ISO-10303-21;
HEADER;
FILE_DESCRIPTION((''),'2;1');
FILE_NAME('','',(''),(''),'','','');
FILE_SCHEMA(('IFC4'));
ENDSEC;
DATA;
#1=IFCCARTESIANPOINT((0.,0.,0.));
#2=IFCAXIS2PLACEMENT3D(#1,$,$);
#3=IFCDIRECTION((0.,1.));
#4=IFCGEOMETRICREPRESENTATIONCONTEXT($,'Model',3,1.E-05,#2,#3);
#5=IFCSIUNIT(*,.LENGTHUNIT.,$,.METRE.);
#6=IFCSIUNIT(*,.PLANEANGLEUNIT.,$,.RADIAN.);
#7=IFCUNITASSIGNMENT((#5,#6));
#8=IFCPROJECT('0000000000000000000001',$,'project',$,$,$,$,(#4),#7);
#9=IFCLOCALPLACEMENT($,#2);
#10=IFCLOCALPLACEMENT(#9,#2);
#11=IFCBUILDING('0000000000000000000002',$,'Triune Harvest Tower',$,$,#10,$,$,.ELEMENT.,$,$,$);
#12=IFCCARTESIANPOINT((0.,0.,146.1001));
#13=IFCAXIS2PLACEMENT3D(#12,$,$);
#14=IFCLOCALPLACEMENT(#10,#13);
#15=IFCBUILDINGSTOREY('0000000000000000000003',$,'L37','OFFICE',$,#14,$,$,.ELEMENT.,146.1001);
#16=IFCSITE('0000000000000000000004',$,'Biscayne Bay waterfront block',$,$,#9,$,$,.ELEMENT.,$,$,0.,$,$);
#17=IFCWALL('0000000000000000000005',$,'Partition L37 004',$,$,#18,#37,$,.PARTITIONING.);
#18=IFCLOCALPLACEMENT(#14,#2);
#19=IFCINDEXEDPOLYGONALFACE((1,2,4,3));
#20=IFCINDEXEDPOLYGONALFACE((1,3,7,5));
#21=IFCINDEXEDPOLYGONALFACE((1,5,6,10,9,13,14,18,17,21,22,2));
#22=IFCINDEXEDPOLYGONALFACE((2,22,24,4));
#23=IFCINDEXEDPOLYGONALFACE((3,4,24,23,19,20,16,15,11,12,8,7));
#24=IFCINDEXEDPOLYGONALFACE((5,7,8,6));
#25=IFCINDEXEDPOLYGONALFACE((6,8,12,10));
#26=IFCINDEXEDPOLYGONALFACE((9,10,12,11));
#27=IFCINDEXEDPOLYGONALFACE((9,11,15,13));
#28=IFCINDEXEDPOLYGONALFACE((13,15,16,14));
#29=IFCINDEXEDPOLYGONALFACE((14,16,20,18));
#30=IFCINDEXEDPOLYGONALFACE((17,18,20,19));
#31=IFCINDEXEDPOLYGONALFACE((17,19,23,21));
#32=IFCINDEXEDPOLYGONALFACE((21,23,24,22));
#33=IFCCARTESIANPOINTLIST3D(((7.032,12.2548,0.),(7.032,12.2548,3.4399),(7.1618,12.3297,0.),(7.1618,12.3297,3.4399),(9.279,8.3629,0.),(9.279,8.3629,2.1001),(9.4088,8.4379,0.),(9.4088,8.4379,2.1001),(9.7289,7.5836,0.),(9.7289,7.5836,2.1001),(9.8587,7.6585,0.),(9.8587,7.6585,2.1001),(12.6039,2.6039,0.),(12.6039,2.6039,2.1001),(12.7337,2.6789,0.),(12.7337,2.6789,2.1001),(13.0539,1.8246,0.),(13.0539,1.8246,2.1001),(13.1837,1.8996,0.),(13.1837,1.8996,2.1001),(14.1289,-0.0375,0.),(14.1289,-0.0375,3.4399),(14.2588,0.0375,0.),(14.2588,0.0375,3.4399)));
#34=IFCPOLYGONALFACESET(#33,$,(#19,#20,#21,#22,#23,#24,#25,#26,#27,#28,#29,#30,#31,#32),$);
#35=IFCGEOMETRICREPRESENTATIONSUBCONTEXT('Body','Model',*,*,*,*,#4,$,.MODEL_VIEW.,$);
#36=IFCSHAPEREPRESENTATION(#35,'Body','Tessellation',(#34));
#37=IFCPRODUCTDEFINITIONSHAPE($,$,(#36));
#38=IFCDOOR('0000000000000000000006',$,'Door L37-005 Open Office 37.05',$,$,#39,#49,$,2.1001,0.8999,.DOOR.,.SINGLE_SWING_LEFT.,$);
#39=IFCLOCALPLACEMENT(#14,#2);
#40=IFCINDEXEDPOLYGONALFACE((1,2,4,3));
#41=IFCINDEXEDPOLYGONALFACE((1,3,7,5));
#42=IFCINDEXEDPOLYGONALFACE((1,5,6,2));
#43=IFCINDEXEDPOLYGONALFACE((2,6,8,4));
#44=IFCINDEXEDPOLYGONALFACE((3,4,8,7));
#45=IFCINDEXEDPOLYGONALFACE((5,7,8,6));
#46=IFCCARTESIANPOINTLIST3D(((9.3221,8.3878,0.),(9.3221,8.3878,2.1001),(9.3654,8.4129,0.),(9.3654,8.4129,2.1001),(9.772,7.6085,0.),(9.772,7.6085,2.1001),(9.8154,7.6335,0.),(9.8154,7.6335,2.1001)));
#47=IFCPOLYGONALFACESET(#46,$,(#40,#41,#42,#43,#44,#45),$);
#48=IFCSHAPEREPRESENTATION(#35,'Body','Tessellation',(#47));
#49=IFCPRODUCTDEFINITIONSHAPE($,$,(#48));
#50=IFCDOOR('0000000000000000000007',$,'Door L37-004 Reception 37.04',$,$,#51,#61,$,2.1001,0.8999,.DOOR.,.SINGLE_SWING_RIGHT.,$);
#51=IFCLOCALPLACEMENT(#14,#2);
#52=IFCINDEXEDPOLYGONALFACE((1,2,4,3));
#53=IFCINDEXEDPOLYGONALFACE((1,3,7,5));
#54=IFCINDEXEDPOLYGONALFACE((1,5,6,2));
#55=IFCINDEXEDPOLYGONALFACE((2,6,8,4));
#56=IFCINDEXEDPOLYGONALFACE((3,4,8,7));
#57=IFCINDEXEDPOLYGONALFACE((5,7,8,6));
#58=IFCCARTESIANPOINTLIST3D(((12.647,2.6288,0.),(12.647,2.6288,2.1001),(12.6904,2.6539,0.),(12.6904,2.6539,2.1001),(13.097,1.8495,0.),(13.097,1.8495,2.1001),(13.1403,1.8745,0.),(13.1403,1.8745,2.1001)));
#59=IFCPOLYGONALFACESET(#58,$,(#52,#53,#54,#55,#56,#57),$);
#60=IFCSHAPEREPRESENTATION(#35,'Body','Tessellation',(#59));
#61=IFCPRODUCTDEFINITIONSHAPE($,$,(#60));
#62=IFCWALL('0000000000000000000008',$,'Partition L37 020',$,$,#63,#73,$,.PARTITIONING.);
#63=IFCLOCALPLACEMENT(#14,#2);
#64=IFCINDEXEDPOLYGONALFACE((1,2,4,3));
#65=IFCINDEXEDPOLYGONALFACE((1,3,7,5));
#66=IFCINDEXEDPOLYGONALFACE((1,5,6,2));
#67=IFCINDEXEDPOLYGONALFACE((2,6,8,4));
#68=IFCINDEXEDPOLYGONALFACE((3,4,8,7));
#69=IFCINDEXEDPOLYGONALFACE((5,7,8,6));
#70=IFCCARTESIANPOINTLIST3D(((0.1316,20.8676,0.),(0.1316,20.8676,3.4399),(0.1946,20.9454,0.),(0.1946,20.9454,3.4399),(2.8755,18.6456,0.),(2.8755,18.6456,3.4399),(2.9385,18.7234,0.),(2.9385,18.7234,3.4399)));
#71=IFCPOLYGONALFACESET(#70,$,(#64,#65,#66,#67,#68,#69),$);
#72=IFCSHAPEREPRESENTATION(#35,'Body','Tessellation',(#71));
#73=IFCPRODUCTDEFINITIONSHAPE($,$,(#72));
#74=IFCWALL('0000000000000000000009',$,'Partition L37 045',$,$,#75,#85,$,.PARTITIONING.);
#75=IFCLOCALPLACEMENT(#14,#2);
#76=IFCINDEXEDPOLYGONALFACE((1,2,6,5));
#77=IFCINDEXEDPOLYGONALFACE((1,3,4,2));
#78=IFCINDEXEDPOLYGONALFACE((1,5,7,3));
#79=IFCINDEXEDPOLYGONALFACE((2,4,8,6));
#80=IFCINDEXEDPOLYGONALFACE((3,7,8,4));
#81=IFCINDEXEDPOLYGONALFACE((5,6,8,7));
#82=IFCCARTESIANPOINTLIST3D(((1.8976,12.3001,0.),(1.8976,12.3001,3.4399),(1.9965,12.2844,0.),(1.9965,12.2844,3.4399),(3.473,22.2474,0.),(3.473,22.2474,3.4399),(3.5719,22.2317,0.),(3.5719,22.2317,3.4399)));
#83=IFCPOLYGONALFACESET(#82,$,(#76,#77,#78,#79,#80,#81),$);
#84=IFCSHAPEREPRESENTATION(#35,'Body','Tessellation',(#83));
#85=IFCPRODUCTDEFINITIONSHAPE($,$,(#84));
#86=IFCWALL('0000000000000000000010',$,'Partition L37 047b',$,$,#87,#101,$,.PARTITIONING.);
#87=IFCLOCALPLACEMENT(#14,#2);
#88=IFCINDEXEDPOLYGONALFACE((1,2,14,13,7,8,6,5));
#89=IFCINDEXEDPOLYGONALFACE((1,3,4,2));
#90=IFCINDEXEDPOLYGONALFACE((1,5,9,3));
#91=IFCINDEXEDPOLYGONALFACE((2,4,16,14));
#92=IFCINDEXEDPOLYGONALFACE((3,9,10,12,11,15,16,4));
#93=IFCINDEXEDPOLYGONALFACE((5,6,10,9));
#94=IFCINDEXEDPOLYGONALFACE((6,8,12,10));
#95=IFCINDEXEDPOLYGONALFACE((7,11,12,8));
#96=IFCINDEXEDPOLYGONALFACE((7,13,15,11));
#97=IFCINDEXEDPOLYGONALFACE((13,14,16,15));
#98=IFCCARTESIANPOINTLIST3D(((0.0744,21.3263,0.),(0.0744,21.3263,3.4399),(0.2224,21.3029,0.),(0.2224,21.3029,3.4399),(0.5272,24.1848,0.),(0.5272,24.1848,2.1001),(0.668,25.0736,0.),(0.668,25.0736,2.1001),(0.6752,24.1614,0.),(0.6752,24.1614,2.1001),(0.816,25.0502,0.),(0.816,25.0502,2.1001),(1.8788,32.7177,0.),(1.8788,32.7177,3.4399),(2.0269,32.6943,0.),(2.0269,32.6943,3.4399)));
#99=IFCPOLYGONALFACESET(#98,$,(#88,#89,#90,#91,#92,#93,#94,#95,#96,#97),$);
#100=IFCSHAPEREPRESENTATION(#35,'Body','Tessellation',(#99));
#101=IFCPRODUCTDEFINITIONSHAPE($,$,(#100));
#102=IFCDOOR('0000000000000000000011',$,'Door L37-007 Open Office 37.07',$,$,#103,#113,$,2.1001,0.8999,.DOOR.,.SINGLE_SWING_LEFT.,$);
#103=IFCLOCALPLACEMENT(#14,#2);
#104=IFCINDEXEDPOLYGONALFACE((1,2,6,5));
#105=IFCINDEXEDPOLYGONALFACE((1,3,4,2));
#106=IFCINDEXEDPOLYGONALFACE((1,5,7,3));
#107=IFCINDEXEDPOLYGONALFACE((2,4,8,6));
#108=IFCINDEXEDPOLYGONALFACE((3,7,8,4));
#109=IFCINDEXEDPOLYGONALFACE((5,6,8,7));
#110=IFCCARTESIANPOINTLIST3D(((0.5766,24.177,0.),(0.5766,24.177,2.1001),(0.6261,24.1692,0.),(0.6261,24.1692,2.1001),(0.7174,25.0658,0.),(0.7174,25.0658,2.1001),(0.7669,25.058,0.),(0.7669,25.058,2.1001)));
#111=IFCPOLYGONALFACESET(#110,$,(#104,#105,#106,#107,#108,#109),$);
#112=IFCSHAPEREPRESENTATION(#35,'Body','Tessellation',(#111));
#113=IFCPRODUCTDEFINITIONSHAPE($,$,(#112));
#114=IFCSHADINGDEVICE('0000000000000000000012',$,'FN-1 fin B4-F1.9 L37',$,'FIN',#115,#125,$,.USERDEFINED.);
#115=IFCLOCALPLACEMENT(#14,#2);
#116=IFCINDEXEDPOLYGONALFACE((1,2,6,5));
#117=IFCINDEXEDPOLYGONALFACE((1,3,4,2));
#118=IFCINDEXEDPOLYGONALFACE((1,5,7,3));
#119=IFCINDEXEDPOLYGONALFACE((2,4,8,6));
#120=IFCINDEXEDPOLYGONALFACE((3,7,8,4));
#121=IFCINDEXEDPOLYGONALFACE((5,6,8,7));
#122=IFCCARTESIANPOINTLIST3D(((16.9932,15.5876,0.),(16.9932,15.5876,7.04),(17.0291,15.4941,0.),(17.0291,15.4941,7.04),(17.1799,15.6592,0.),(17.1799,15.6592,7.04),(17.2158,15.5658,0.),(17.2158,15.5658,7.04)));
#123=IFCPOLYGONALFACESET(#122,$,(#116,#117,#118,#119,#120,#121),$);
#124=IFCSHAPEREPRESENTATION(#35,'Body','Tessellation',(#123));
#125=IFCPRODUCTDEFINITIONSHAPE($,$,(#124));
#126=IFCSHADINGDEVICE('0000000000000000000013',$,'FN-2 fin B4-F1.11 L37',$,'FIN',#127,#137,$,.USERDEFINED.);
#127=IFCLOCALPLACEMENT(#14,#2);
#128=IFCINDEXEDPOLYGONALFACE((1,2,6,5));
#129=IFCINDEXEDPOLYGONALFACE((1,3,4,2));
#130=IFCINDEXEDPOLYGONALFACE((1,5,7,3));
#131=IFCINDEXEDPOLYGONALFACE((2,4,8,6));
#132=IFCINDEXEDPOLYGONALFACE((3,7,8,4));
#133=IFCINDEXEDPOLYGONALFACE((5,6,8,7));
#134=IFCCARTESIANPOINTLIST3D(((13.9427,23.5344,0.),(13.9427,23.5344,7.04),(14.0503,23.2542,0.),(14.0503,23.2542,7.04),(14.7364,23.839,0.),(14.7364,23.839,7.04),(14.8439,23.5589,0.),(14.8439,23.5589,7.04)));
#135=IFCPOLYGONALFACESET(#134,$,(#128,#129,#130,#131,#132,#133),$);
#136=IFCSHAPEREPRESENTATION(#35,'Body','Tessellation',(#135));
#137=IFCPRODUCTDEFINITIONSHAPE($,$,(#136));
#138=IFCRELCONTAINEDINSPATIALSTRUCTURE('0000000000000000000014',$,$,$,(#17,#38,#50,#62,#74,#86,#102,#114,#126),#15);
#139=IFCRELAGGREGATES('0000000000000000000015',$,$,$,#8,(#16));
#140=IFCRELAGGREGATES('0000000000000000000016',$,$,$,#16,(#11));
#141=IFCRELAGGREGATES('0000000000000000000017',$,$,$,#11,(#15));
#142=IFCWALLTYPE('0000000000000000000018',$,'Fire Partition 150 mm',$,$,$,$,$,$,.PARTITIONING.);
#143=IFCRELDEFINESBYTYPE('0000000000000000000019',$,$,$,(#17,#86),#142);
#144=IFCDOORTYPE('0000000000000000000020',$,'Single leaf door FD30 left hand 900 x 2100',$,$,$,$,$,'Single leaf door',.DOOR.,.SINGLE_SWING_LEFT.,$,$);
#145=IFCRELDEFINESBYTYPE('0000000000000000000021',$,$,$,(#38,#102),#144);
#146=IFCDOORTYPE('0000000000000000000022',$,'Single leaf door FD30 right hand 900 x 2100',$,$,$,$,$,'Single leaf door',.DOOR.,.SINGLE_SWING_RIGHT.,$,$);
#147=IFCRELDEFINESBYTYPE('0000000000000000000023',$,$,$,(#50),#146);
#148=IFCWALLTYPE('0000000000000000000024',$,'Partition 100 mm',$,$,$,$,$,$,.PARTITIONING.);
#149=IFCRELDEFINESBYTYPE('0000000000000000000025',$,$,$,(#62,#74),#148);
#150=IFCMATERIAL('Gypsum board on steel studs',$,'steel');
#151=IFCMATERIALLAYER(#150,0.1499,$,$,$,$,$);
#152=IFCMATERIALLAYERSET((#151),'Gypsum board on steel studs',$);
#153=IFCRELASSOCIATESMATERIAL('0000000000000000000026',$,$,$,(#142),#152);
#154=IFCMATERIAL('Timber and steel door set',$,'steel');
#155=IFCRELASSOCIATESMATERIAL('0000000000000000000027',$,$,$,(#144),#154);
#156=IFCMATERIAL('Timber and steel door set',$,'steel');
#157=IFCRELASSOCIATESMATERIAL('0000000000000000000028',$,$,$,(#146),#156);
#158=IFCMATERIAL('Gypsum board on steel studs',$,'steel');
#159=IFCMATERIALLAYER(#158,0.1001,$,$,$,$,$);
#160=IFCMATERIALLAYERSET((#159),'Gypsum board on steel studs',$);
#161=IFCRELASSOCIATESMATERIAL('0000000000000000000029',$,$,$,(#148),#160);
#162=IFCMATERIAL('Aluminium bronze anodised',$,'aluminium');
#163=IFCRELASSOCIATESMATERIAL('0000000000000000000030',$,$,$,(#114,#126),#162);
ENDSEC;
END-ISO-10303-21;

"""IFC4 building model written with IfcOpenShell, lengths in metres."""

from ifc_helpers import new_model, si_unit, direction, frame, frame_2d, origin, origin_2d, place, context, subcontext, project, spatial, rectangle, extrude, source, transform, mapped, material, layer, layer_set, type_object, element, fill, save


model = new_model("IFC4")

# Units and contexts
model_context = context("Model", 3, precision=1e-05, world=origin(), true_north=direction((0.0, 1.0)))
body_context = subcontext(model_context, "Body", "Model", "MODEL_VIEW")
ifc_project = project(units=[si_unit("LENGTHUNIT", "METRE"), si_unit("PLANEANGLEUNIT", "RADIAN")], contexts=[model_context])

# Site, building, storey
site_placement = place(None, origin())
site = spatial("IfcSite", under=ifc_project, at=site_placement, Name="Biscayne Bay waterfront block", CompositionType="ELEMENT", RefElevation=0.0)
building_placement = place(site_placement, origin())
building = spatial("IfcBuilding", under=site, at=building_placement, Name="Triune Harvest Tower", CompositionType="ELEMENT")
storey_placement = place(building_placement, frame((0.0, 0.0, 146.1001)))
storey = spatial("IfcBuildingStorey", under=building, at=storey_placement, Name="L37", Description="OFFICE", CompositionType="ELEMENT", Elevation=146.1001)

# Wall, openings, doors
ifc_material_1 = material(Name="Gypsum board on steel studs", Category="steel")
ifc_layer_1 = layer(ifc_material_1, 0.1499)
ifc_layer_set_1 = layer_set([ifc_layer_1], Name="Gypsum board on steel studs")
wall_type_1 = type_object("IfcWallType", Name="Fire Partition 150 mm", PredefinedType="PARTITIONING", material=ifc_layer_set_1)
shared_shape_1 = source(origin(), body_context, "Body", "SweptSolid", [
    extrude(rectangle(XDim=14.1938, YDim=0.1499, at=frame_2d((7.0969, 0.0))), origin(), (0.0, 0.0, 1.0), 3.4399),
])
wall_1_placement = place(storey_placement, frame((7.0969, 12.2922, 0.0), z_axis=(0.0, 0.0, 1.0), x_axis=(0.5, -0.866025, 0.0)))
wall_1 = element("IfcWall", 1, at=wall_1_placement, inside=storey, type_object=wall_type_1, Name="Partition L37 004", PredefinedType="PARTITIONING", context=body_context, shape_type="MappedRepresentation", body=[
    mapped(shared_shape_1, transform((0.0, 0.0, 0.0), scale=1.0)),
])
opening_1_placement = place(wall_1_placement, frame((11.1438, 0.0, 0.0)))
opening_1 = element("IfcOpeningElement", 2, at=opening_1_placement, cuts=wall_1, PredefinedType="OPENING", context=body_context, shape_type="SweptSolid", body=[
    extrude(rectangle(XDim=0.8999, YDim=2.1001, at=frame_2d((0.45, 1.05))), frame((0.0, 0.085, 0.0), z_axis=(0.0, -1.0, 0.0), x_axis=(1.0, 0.0, 0.0)), (0.0, 0.0, 1.0), 0.1699),
])
opening_2_placement = place(wall_1_placement, frame((4.4939, 0.0, 0.0)))
opening_2 = element("IfcOpeningElement", 3, at=opening_2_placement, cuts=wall_1, PredefinedType="OPENING", context=body_context, shape_type="SweptSolid", body=[
    extrude(rectangle(XDim=0.8999, YDim=2.1001, at=frame_2d((0.45, 1.05))), frame((0.0, 0.085, 0.0), z_axis=(0.0, -1.0, 0.0), x_axis=(1.0, 0.0, 0.0)), (0.0, 0.0, 1.0), 0.1699),
])
ifc_material_2 = material(Name="Timber and steel door set", Category="steel")
door_type_1 = type_object("IfcDoorType", Name="Single leaf door FD30 left hand 900 x 2100", ElementType="Single leaf door", OperationType="SINGLE_SWING_LEFT", PredefinedType="DOOR", material=ifc_material_2)
door_1_placement = place(opening_2_placement, origin())
door_1 = element("IfcDoor", 4, at=door_1_placement, inside=storey, type_object=door_type_1, Name="Door L37-005 Open Office 37.05", OperationType="SINGLE_SWING_LEFT", OverallHeight=2.1001, OverallWidth=0.8999, PredefinedType="DOOR", context=body_context, shape_type="SweptSolid", body=[
    extrude(rectangle(XDim=0.8999, YDim=2.1001, at=frame_2d((0.45, 1.05))), frame((0.0, 0.0249, 0.0), z_axis=(0.0, -1.0, 0.0), x_axis=(1.0, 0.0, 0.0)), (0.0, 0.0, 1.0), 0.05),
])
fill(opening_2, door_1)
ifc_material_3 = material(Name="Timber and steel door set", Category="steel")
door_type_2 = type_object("IfcDoorType", Name="Single leaf door FD30 right hand 900 x 2100", ElementType="Single leaf door", OperationType="SINGLE_SWING_RIGHT", PredefinedType="DOOR", material=ifc_material_3)
door_2_placement = place(opening_1_placement, origin())
door_2 = element("IfcDoor", 5, at=door_2_placement, inside=storey, type_object=door_type_2, Name="Door L37-004 Reception 37.04", OperationType="SINGLE_SWING_RIGHT", OverallHeight=2.1001, OverallWidth=0.8999, PredefinedType="DOOR", context=body_context, shape_type="SweptSolid", body=[
    extrude(rectangle(XDim=0.8999, YDim=2.1001, at=frame_2d((0.45, 1.05))), frame((0.0, 0.0249, 0.0), z_axis=(0.0, -1.0, 0.0), x_axis=(1.0, 0.0, 0.0)), (0.0, 0.0, 1.0), 0.05),
])
fill(opening_1, door_2)

# Walls
ifc_material_4 = material(Name="Gypsum board on steel studs", Category="steel")
ifc_layer_2 = layer(ifc_material_4, 0.1001)
ifc_layer_set_2 = layer_set([ifc_layer_2], Name="Gypsum board on steel studs")
wall_type_2 = type_object("IfcWallType", Name="Partition 100 mm", PredefinedType="PARTITIONING", material=ifc_layer_set_2)
shared_shape_2 = source(origin(), body_context, "Body", "SweptSolid", [
    extrude(rectangle(XDim=3.5308, YDim=0.1001, at=frame_2d((1.7654, 0.0))), origin(), (0.0, 0.0, 1.0), 3.4399),
])
wall_2_placement = place(storey_placement, frame((0.1631, 20.9065, 0.0), z_axis=(0.0, 0.0, 1.0), x_axis=(0.777151, -0.629314, 0.0)))
element("IfcWall", 6, at=wall_2_placement, inside=storey, type_object=wall_type_2, Name="Partition L37 020", PredefinedType="PARTITIONING", context=body_context, shape_type="MappedRepresentation", body=[
    mapped(shared_shape_2, transform((0.0, 0.0, 0.0), scale=1.0)),
])
shared_shape_3 = source(origin(), body_context, "Body", "SweptSolid", [
    extrude(rectangle(XDim=10.0713, YDim=0.1001, at=frame_2d((5.0356, 0.0))), origin(), (0.0, 0.0, 1.0), 3.4399),
])
wall_3_placement = place(storey_placement, frame((1.947, 12.2922, 0.0), z_axis=(0.0, 0.0, 1.0), x_axis=(0.156429, 0.987689, 0.0)))
element("IfcWall", 7, at=wall_3_placement, inside=storey, type_object=wall_type_2, Name="Partition L37 045", PredefinedType="PARTITIONING", context=body_context, shape_type="MappedRepresentation", body=[
    mapped(shared_shape_3, transform((0.0, 0.0, 0.0), scale=1.0)),
])

# Wall, opening, door
shared_shape_4 = source(origin(), body_context, "Body", "SweptSolid", [
    extrude(rectangle(XDim=11.5334, YDim=0.1499, at=frame_2d((5.7666, 0.0))), origin(), (0.0, 0.0, 1.0), 3.4399),
])
wall_4_placement = place(storey_placement, frame((0.1484, 21.3147, 0.0), z_axis=(0.0, 0.0, 1.0), x_axis=(0.156454, 0.987685, 0.0)))
wall_4 = element("IfcWall", 8, at=wall_4_placement, inside=storey, type_object=wall_type_1, Name="Partition L37 047b", PredefinedType="PARTITIONING", context=body_context, shape_type="MappedRepresentation", body=[
    mapped(shared_shape_4, transform((0.0, 0.0, 0.0), scale=1.0)),
])
opening_3_placement = place(wall_4_placement, frame((2.894, 0.0, 0.0)))
opening_3 = element("IfcOpeningElement", 9, at=opening_3_placement, cuts=wall_4, PredefinedType="OPENING", context=body_context, shape_type="SweptSolid", body=[
    extrude(rectangle(XDim=0.8999, YDim=2.1001, at=frame_2d((0.45, 1.05))), frame((0.0, 0.085, 0.0), z_axis=(0.0, -1.0, 0.0), x_axis=(1.0, 0.0, 0.0)), (0.0, 0.0, 1.0), 0.1699),
])
door_3_placement = place(opening_3_placement, origin())
door_3 = element("IfcDoor", 10, at=door_3_placement, inside=storey, type_object=door_type_1, Name="Door L37-007 Open Office 37.07", OperationType="SINGLE_SWING_LEFT", OverallHeight=2.1001, OverallWidth=0.8999, PredefinedType="DOOR", context=body_context, shape_type="SweptSolid", body=[
    extrude(rectangle(XDim=0.8999, YDim=2.1001, at=frame_2d((0.45, 1.05))), frame((0.0, 0.0249, 0.0), z_axis=(0.0, -1.0, 0.0), x_axis=(1.0, 0.0, 0.0)), (0.0, 0.0, 1.0), 0.05),
])
fill(opening_3, door_3)

# Shading devices
ifc_material_5 = material(Name="Aluminium bronze anodised", Category="aluminium")
shared_shape_5 = source(origin(), body_context, "Body", "SweptSolid", [
    extrude(rectangle(XDim=0.1001, YDim=0.2, at=origin_2d()), origin(), (0.0, 0.0, 1.0), 7.04),
])
shading_device_1_placement = place(storey_placement, frame((17.1045, 15.5767, 0.0), z_axis=(0.0, 0.0, 1.0), x_axis=(-0.358369, 0.93358, 0.0)))
element("IfcShadingDevice", 11, at=shading_device_1_placement, inside=storey, material=ifc_material_5, Name="FN-1 fin B4-F1.9 L37", ObjectType="FIN", PredefinedType="USERDEFINED", context=body_context, shape_type="MappedRepresentation", body=[
    mapped(shared_shape_5, transform((0.0, 0.0, 0.0), scale=1.0)),
])
shared_shape_6 = source(origin(), body_context, "Body", "SweptSolid", [
    extrude(rectangle(XDim=0.3, YDim=0.8501, at=origin_2d()), origin(), (0.0, 0.0, 1.0), 7.04),
])
shading_device_2_placement = place(storey_placement, frame((14.3933, 23.5466, 0.0), z_axis=(0.0, 0.0, 1.0), x_axis=(-0.358369, 0.93358, 0.0)))
element("IfcShadingDevice", 12, at=shading_device_2_placement, inside=storey, material=ifc_material_5, Name="FN-2 fin B4-F1.11 L37", ObjectType="FIN", PredefinedType="USERDEFINED", context=body_context, shape_type="MappedRepresentation", body=[
    mapped(shared_shape_6, transform((0.0, 0.0, 0.0), scale=1.0)),
])

save(model, "model.ifc")
